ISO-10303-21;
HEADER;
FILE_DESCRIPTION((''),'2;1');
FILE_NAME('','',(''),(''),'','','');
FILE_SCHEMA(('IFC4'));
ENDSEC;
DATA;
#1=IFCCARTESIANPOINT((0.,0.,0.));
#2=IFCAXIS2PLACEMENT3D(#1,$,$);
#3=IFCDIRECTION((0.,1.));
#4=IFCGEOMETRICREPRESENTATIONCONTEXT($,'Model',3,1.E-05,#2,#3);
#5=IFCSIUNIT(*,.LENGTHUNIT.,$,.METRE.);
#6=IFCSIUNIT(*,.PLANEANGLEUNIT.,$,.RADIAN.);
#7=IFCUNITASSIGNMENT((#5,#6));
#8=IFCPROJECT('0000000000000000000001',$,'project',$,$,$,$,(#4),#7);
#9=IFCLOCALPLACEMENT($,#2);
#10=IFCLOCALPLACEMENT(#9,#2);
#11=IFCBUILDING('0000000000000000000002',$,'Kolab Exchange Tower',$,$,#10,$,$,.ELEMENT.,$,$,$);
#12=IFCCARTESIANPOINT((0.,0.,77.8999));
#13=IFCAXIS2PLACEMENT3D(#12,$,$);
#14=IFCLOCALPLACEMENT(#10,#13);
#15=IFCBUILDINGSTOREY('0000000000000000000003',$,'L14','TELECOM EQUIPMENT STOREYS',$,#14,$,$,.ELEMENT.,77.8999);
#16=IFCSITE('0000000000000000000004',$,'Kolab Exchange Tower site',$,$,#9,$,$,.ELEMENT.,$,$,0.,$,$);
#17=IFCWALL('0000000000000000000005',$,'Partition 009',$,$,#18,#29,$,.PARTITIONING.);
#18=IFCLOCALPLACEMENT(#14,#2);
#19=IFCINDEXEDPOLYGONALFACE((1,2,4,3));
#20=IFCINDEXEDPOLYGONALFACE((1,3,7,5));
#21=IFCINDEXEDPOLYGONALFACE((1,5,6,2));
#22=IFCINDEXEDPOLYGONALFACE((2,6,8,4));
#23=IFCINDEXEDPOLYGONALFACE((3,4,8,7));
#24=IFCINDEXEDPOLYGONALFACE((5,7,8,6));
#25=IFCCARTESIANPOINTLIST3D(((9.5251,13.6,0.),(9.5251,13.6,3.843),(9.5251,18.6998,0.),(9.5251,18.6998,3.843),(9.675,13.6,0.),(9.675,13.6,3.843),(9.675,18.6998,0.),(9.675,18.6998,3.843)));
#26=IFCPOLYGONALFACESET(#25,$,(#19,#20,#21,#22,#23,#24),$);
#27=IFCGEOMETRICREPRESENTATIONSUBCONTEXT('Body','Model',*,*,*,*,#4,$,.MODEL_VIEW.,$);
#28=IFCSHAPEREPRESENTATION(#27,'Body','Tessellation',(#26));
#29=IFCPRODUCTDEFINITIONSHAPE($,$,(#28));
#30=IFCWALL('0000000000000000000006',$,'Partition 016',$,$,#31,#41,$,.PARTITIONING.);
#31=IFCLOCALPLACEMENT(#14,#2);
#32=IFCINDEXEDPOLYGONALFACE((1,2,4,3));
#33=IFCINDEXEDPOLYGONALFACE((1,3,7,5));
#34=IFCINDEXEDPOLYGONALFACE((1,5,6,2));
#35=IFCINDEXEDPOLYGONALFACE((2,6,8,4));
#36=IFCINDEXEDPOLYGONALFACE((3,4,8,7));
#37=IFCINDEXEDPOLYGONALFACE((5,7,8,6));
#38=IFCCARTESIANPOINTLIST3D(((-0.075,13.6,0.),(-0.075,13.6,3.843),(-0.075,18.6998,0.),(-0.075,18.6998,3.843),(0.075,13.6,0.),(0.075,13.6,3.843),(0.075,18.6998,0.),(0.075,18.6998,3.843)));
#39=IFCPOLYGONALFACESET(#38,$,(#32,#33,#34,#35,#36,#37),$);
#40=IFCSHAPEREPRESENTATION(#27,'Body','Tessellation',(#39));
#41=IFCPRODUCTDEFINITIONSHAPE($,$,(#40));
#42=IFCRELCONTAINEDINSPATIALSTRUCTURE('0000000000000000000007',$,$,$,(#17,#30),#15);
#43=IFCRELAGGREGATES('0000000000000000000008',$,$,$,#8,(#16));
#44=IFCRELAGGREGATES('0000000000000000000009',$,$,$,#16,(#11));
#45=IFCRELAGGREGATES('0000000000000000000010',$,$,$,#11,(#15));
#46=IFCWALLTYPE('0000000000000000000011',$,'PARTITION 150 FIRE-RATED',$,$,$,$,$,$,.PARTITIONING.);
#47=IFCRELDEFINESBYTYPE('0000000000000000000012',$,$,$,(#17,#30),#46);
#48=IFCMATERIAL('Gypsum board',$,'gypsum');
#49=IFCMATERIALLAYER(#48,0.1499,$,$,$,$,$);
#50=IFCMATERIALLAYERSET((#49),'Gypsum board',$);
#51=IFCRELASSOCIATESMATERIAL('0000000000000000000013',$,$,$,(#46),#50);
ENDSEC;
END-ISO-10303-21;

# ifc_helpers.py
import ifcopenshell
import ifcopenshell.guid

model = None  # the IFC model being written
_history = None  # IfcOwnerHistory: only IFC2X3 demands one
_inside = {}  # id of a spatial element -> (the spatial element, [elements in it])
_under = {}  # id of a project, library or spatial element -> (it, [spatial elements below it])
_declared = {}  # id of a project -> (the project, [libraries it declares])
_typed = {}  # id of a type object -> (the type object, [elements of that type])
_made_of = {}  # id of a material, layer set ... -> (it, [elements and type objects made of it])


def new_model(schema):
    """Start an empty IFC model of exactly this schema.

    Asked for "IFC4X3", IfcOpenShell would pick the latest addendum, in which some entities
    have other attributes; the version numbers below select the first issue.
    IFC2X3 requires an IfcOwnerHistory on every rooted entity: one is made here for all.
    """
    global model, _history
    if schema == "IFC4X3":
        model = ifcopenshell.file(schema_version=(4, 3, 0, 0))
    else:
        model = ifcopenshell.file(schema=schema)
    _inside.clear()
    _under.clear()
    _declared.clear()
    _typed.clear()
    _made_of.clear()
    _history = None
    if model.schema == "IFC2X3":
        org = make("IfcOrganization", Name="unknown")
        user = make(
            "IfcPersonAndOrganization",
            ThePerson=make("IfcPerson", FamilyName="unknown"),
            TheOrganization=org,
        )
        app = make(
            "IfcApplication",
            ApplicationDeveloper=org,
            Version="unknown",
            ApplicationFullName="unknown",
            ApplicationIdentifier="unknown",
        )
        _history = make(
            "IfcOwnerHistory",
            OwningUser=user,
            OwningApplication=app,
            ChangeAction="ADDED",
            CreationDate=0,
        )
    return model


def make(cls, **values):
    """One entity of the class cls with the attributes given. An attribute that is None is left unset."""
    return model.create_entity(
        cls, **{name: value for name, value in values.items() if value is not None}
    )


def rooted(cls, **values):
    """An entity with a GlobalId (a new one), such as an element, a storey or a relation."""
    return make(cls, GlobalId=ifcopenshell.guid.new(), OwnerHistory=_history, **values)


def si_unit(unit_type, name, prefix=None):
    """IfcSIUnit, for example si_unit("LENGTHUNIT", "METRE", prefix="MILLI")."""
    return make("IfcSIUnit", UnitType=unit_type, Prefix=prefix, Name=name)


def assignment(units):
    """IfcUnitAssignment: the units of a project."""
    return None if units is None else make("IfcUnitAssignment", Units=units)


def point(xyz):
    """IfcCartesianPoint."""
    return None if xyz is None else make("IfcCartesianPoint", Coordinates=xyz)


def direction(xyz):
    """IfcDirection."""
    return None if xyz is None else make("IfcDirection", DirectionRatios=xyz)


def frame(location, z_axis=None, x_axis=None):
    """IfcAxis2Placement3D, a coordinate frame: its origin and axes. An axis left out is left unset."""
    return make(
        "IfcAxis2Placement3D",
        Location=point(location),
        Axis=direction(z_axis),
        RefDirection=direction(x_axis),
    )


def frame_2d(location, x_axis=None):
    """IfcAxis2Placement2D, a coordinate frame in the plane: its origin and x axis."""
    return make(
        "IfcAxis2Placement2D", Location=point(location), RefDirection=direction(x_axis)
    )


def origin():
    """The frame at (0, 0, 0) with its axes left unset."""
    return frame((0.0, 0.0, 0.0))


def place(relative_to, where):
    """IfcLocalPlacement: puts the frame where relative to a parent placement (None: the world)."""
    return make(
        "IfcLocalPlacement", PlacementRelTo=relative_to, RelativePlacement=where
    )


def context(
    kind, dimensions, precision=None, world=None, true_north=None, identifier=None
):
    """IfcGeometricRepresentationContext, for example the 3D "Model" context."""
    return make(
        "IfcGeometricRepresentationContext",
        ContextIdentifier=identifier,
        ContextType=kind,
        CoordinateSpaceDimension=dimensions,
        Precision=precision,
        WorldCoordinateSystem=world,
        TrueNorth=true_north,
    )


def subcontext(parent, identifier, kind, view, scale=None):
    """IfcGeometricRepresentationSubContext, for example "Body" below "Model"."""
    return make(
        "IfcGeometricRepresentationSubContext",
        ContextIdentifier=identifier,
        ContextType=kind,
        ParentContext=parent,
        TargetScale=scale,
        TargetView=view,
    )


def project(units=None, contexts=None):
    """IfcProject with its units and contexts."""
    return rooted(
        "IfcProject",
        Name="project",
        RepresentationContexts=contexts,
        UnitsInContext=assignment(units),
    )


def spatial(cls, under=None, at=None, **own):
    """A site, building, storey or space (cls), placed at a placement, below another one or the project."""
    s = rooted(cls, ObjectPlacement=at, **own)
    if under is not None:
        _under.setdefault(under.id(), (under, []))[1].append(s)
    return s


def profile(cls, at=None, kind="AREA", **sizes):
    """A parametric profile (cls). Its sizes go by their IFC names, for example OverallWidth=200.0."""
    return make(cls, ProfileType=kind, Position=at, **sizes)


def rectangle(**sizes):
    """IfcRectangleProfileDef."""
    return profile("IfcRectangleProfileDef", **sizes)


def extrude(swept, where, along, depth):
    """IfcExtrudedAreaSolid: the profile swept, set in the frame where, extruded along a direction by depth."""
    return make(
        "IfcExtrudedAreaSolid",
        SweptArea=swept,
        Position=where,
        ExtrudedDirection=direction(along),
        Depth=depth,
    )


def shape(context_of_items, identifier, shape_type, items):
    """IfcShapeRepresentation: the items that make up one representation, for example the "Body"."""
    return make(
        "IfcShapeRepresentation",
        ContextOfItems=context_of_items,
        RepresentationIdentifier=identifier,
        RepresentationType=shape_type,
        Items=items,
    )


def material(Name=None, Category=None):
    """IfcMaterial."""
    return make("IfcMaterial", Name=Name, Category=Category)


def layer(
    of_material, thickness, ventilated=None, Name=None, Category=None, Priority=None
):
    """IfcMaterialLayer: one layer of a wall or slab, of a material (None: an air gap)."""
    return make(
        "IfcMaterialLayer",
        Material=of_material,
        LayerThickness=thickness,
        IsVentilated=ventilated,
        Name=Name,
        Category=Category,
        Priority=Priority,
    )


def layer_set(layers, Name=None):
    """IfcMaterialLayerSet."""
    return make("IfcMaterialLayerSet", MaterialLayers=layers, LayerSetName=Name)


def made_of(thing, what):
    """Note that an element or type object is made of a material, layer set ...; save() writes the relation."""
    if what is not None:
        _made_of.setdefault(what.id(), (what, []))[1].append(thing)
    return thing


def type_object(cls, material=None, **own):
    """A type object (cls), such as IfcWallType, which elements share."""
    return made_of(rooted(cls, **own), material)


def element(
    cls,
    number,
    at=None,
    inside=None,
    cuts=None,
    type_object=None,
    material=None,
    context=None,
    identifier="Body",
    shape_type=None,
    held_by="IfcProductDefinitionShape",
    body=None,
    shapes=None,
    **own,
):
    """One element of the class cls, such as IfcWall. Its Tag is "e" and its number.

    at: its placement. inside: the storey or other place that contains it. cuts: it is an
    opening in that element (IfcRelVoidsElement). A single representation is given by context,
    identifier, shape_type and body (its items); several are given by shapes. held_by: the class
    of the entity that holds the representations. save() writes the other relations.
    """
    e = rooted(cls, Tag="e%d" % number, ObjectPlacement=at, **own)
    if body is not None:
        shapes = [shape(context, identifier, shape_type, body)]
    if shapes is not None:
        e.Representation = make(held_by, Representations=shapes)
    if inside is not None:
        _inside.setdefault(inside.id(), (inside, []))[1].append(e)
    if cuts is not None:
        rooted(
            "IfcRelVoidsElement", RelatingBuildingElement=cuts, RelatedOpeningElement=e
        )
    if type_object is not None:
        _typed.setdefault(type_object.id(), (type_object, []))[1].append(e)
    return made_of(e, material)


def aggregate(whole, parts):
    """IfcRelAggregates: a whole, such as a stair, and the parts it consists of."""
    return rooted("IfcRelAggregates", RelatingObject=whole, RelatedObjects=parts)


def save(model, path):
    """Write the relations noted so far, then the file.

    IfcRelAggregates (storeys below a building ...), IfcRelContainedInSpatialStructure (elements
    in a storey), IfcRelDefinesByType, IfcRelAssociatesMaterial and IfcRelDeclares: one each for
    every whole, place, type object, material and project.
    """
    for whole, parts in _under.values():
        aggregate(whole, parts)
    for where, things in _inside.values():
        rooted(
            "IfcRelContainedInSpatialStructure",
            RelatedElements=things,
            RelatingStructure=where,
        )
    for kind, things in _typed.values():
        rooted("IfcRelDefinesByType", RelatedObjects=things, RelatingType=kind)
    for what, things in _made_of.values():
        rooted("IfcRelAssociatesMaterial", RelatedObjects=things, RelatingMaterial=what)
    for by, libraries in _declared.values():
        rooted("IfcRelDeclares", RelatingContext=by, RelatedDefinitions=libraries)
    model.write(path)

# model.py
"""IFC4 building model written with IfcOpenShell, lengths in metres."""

from ifc_helpers import new_model, si_unit, direction, frame, frame_2d, origin, place, context, subcontext, project, spatial, rectangle, extrude, material, layer, layer_set, type_object, element, save


model = new_model("IFC4")

# Units and contexts
model_context = context("Model", 3, precision=1e-05, world=origin(), true_north=direction((0.0, 1.0)))
body_context = subcontext(model_context, "Body", "Model", "MODEL_VIEW")
ifc_project = project(units=[si_unit("LENGTHUNIT", "METRE"), si_unit("PLANEANGLEUNIT", "RADIAN")], contexts=[model_context])

# Site, building, storey
site_placement = place(None, origin())
site = spatial("IfcSite", under=ifc_project, at=site_placement, Name="Kolab Exchange Tower site", CompositionType="ELEMENT", RefElevation=0.0)
building_placement = place(site_placement, origin())
building = spatial("IfcBuilding", under=site, at=building_placement, Name="Kolab Exchange Tower", CompositionType="ELEMENT")
storey_placement = place(building_placement, frame((0.0, 0.0, 77.8999)))
storey = spatial("IfcBuildingStorey", under=building, at=storey_placement, Name="L14", Description="TELECOM EQUIPMENT STOREYS", CompositionType="ELEMENT", Elevation=77.8999)

# Walls
ifc_material_1 = material(Name="Gypsum board", Category="gypsum")
ifc_layer_1 = layer(ifc_material_1, 0.1499)
ifc_layer_set_1 = layer_set([ifc_layer_1], Name="Gypsum board")
wall_type_1 = type_object("IfcWallType", Name="PARTITION 150 FIRE-RATED", PredefinedType="PARTITIONING", material=ifc_layer_set_1)
for number, where, z_axis, x_axis, name in (
    (1, (9.6001, 13.6001, 0.0), (0.0, 0.0, 1.0), (0.0, 1.0, 0.0), "Partition 009"),
    (2, (0.0, 13.6001, 0.0), (0.0, 0.0, 1.0), (0.0, 1.0, 0.0), "Partition 016"),
):
    element("IfcWall", number, at=place(storey_placement, frame(where, z_axis=z_axis, x_axis=x_axis)), inside=storey, type_object=wall_type_1, Name=name, PredefinedType="PARTITIONING", context=body_context, shape_type="SweptSolid", body=[
        extrude(rectangle(XDim=5.0999, YDim=0.1499, at=frame_2d((2.5498, 0.0))), origin(), (0.0, 0.0, 1.0), 3.843),
    ])

save(model, "model.ifc")
